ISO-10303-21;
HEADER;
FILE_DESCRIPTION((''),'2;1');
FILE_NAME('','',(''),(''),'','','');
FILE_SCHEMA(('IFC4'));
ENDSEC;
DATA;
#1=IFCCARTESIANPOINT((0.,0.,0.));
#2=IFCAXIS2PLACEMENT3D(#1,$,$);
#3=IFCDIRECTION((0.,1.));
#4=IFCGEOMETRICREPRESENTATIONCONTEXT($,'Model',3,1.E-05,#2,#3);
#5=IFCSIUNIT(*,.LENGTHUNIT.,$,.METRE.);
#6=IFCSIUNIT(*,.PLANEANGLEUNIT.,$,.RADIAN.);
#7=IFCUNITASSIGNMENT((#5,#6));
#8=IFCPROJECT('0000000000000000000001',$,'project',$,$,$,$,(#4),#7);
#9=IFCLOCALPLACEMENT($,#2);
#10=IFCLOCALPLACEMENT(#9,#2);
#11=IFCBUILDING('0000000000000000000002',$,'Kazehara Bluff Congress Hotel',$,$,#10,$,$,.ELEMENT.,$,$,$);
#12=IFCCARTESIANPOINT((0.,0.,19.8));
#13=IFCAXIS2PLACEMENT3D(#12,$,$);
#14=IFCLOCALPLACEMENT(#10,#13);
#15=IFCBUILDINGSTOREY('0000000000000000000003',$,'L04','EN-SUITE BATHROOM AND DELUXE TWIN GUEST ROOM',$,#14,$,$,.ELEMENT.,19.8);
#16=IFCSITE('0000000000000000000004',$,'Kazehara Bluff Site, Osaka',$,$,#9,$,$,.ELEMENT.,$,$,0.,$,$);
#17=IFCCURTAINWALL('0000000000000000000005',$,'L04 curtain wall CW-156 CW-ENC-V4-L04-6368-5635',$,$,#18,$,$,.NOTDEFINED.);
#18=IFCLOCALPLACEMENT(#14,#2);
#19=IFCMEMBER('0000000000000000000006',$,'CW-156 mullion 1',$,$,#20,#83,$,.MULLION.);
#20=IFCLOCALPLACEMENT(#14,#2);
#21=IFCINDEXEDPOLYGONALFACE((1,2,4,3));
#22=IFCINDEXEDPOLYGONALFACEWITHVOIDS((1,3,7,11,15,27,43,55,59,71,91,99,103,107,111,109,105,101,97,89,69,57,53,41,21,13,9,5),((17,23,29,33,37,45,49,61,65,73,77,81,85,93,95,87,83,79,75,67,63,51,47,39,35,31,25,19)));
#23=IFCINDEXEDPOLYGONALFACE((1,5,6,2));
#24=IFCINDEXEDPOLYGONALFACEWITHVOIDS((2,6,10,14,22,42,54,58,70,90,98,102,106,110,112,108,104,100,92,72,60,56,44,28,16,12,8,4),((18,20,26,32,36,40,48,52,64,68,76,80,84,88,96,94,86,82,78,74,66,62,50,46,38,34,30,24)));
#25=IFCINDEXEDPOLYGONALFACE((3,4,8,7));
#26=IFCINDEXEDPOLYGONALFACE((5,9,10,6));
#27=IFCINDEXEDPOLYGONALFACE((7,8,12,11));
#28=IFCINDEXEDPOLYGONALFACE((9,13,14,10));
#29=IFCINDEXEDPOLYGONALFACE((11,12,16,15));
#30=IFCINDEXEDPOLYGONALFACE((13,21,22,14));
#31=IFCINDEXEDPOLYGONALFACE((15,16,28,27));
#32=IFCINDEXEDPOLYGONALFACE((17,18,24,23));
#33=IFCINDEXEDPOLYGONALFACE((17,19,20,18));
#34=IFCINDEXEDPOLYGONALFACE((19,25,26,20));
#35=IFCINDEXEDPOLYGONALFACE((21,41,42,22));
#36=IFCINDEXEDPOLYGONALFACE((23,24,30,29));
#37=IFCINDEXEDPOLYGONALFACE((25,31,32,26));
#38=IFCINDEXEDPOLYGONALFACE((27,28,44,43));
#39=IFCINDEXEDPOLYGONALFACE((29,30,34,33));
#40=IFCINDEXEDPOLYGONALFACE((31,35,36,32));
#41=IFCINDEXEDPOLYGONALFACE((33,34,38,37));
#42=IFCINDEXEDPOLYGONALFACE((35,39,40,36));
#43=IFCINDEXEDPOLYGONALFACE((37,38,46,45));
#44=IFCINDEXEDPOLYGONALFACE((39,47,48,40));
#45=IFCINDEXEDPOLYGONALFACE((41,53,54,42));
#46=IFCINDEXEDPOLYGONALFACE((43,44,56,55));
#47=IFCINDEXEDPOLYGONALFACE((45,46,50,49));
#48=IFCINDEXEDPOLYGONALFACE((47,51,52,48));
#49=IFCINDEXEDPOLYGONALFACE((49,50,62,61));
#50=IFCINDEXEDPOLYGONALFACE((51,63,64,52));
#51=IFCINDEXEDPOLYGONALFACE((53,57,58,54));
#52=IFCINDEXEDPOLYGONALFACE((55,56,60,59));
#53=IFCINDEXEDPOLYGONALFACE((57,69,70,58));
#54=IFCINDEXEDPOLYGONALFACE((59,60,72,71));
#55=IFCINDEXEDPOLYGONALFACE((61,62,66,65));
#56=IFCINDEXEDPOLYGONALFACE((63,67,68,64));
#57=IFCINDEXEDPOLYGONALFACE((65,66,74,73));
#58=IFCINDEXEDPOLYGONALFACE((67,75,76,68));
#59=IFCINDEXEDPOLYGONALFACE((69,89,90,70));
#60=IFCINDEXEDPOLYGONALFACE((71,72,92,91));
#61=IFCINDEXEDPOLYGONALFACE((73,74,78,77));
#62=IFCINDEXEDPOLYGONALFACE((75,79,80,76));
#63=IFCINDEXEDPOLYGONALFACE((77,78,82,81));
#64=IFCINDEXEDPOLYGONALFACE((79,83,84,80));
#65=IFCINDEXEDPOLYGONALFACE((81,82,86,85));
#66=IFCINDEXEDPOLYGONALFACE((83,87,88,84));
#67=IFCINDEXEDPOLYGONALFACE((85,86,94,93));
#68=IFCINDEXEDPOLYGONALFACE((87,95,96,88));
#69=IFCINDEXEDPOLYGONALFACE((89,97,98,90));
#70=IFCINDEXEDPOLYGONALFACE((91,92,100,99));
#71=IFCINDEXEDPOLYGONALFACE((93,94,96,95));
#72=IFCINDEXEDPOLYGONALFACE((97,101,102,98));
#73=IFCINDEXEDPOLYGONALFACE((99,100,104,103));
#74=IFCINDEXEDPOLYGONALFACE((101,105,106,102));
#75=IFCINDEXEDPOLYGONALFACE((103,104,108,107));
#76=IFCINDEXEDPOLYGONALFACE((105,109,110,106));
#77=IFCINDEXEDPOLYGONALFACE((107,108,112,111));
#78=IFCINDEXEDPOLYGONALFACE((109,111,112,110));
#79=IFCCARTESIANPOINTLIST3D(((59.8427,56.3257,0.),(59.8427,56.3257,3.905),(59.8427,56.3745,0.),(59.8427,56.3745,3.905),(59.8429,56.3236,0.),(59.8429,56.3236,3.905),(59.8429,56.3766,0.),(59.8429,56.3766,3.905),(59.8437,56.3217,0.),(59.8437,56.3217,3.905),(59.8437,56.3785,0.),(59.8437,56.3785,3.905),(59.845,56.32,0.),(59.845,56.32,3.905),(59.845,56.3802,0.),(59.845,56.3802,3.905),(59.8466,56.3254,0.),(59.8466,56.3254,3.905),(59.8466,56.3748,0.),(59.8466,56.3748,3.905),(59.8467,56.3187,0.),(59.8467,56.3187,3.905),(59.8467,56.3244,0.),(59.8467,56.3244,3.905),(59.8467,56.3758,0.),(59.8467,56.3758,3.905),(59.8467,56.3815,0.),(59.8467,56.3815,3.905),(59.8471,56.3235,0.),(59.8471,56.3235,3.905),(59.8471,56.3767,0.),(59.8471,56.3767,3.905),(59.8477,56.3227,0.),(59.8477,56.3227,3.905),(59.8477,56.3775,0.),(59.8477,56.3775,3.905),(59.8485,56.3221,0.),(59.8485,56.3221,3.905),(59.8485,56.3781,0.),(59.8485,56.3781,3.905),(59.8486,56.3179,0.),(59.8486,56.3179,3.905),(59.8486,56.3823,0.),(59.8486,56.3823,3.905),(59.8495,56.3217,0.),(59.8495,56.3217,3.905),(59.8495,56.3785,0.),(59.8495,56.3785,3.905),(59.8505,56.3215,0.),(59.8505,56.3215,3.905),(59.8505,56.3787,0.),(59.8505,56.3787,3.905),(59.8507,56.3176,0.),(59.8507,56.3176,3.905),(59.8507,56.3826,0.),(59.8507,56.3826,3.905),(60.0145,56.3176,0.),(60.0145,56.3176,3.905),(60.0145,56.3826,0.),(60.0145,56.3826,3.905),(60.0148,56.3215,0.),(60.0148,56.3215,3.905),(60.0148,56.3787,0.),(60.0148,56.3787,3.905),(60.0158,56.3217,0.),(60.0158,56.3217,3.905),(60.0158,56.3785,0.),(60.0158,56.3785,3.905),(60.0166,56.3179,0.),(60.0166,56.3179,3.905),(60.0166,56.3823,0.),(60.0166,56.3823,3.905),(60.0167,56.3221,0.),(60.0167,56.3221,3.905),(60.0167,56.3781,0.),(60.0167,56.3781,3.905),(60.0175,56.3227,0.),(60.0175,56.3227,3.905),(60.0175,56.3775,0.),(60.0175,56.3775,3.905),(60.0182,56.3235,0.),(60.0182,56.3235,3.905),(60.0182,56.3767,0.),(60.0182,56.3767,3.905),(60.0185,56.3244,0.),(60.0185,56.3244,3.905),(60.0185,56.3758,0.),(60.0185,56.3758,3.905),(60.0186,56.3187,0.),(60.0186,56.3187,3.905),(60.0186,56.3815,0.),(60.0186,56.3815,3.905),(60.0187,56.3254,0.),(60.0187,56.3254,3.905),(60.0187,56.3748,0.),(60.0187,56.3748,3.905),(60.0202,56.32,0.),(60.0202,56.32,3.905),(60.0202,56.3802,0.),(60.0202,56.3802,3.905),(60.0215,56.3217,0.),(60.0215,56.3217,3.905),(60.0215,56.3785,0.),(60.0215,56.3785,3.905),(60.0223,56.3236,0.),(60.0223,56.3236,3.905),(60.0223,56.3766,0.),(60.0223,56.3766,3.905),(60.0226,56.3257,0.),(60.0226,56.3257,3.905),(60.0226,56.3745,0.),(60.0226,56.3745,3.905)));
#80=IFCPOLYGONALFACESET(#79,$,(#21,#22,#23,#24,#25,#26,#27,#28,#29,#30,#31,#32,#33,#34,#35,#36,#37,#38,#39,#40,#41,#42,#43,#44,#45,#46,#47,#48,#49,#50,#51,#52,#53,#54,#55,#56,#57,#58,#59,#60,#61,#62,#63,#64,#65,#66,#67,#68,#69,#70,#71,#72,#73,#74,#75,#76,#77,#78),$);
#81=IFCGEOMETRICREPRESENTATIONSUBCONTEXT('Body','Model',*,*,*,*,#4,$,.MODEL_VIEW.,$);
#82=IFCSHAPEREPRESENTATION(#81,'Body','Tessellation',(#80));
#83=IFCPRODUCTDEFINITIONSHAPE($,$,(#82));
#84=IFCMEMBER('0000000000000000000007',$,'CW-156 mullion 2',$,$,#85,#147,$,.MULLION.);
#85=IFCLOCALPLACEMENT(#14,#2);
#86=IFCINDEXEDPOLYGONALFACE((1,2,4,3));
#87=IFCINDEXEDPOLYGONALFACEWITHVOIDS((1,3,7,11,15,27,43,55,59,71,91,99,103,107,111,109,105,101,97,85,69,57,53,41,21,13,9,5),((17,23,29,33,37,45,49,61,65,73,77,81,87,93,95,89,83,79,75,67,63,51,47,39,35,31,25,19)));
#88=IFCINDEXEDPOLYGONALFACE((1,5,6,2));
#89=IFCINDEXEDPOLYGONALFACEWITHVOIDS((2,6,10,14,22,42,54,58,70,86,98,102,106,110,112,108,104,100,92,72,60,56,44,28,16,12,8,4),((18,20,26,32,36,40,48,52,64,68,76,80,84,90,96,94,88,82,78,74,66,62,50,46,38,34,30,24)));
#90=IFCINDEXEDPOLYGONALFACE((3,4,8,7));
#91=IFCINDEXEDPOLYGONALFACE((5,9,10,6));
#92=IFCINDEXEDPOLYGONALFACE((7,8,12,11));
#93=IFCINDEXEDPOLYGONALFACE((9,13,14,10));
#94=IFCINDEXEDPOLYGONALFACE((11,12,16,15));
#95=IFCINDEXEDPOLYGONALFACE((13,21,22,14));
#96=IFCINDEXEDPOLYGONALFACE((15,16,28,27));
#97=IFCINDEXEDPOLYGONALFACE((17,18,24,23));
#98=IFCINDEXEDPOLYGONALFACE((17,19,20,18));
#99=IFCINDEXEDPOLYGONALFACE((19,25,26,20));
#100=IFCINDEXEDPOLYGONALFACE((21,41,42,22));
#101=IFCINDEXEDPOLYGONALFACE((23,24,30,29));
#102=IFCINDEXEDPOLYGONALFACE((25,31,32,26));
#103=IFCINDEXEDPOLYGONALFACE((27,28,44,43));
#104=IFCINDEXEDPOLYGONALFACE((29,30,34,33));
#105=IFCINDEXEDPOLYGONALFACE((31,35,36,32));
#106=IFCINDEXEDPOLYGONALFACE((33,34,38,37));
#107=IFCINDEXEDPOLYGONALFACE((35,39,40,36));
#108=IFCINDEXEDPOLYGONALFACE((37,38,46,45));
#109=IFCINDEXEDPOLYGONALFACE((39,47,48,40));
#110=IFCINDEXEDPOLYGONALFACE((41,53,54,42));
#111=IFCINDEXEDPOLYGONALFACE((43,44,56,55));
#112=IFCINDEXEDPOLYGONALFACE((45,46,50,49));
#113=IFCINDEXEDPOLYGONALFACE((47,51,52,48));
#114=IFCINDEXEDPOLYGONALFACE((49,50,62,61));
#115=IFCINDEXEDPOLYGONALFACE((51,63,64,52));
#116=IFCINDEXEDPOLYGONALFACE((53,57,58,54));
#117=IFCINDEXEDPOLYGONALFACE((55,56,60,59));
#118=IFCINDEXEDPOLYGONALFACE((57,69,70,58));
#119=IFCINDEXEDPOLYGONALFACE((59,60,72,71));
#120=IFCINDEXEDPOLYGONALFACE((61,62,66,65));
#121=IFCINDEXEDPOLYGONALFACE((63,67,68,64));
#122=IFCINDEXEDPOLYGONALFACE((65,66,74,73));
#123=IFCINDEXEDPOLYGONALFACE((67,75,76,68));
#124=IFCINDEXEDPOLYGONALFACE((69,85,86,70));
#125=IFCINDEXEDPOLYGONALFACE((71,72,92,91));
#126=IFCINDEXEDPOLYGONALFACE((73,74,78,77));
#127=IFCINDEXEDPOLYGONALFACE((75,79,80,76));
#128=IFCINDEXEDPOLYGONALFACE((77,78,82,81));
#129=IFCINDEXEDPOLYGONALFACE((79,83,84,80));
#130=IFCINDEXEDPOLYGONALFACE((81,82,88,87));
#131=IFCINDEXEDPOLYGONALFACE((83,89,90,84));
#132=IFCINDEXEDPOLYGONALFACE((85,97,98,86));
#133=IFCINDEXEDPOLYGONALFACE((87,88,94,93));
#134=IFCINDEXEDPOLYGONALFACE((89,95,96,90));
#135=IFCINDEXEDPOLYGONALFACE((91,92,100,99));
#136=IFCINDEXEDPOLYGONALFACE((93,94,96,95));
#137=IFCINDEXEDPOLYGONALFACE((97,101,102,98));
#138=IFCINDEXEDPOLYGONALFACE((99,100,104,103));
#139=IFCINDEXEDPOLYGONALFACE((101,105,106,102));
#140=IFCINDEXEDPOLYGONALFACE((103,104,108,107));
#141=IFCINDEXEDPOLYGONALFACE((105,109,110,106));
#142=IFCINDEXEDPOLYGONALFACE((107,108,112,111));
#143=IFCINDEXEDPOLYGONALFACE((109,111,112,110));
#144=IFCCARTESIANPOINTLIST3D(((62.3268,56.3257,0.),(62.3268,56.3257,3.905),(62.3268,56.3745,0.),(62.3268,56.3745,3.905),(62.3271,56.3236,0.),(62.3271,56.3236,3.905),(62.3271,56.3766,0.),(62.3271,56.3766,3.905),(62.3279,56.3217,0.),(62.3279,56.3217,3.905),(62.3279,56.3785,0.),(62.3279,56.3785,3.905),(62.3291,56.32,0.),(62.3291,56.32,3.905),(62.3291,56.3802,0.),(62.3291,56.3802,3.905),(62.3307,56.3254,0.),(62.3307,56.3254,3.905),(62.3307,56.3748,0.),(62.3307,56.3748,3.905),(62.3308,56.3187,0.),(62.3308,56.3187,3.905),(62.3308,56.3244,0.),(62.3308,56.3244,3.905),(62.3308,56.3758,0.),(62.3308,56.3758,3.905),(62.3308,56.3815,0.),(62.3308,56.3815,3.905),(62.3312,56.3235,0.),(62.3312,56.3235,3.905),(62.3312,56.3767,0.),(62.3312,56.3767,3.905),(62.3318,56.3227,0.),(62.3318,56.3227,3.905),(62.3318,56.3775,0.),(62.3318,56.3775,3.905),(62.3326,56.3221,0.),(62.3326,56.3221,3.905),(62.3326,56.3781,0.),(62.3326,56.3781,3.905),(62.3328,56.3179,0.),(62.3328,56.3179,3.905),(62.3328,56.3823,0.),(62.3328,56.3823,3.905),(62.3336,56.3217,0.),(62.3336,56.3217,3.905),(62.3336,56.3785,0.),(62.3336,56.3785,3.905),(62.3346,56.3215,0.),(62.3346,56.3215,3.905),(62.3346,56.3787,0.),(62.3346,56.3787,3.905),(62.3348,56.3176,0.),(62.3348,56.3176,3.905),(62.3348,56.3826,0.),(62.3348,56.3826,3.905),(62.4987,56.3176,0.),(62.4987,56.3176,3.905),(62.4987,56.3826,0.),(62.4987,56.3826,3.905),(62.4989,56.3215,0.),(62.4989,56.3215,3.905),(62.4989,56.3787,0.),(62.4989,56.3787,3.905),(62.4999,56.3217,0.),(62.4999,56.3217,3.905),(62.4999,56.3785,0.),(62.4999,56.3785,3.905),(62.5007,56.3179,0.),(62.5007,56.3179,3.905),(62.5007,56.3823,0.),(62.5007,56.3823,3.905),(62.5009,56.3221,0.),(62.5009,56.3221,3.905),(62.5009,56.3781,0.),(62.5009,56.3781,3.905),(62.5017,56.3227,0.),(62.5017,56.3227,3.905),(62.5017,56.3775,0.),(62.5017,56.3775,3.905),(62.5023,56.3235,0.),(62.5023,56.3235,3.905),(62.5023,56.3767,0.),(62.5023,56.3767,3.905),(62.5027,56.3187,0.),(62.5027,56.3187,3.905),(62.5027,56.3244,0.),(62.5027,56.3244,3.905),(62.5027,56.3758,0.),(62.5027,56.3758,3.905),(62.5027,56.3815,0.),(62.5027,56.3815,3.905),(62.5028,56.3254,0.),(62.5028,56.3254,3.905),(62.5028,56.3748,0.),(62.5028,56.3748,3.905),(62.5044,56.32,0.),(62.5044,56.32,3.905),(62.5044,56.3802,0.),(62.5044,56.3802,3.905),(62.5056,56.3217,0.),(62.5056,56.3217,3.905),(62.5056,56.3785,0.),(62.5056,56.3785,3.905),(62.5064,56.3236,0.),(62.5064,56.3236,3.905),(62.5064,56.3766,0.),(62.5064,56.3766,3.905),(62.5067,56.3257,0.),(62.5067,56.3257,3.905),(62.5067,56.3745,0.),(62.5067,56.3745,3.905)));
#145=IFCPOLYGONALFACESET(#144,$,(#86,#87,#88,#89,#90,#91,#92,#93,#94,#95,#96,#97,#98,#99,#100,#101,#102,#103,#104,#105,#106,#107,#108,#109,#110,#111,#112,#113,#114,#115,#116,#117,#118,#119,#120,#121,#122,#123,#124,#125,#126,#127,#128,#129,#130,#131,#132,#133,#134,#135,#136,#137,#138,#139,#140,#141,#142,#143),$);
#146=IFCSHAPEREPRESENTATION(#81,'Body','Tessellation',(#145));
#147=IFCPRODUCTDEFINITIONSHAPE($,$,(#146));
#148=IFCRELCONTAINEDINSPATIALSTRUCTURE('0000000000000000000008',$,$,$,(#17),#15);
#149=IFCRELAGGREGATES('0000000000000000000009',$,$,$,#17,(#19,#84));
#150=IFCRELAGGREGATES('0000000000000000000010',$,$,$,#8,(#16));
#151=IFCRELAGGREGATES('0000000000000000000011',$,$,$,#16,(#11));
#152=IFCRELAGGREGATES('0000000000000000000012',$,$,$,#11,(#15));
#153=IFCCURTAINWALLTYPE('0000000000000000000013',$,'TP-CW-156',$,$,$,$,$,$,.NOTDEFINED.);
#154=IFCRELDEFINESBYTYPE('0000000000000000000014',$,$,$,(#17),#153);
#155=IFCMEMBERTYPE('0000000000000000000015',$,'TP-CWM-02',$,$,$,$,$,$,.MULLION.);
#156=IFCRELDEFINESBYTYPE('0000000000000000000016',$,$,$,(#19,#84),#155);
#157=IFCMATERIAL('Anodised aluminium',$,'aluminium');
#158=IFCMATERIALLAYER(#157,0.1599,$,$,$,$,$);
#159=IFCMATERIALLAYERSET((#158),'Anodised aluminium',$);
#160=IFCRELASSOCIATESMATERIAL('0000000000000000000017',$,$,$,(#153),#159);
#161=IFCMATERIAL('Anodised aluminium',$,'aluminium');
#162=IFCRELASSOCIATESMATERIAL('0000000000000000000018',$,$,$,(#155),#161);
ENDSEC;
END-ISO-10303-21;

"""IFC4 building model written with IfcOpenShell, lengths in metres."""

from ifc_helpers import new_model, si_unit, direction, frame, origin, origin_2d, place, context, subcontext, project, spatial, hollow_rectangle, extrude, material, layer, layer_set, material_profile, profile_set, type_object, element, aggregate, save


model = new_model("IFC4")

# Units and contexts
model_context = context("Model", 3, precision=1e-05, world=origin(), true_north=direction((0.0, 1.0)))
body_context = subcontext(model_context, "Body", "Model", "MODEL_VIEW")
ifc_project = project(units=[si_unit("LENGTHUNIT", "METRE"), si_unit("PLANEANGLEUNIT", "RADIAN")], contexts=[model_context])

# Site, building, storey
site_placement = place(None, origin())
site = spatial("IfcSite", under=ifc_project, at=site_placement, Name="Kazehara Bluff Site, Osaka", CompositionType="ELEMENT", RefElevation=0.0)
building_placement = place(site_placement, origin())
building = spatial("IfcBuilding", under=site, at=building_placement, Name="Kazehara Bluff Congress Hotel", CompositionType="ELEMENT")
storey_placement = place(building_placement, frame((0.0, 0.0, 19.8)))
storey = spatial("IfcBuildingStorey", under=building, at=storey_placement, Name="L04", Description="EN-SUITE BATHROOM AND DELUXE TWIN GUEST ROOM", CompositionType="ELEMENT", Elevation=19.8)

# Curtain wall, members
ifc_material_1 = material(Name="Anodised aluminium", Category="aluminium")
ifc_layer_1 = layer(ifc_material_1, 0.1599)
ifc_layer_set_1 = layer_set([ifc_layer_1], Name="Anodised aluminium")
curtain_wall_type = type_object("IfcCurtainWallType", Name="TP-CW-156", PredefinedType="NOTDEFINED", material=ifc_layer_set_1)
curtain_wall_placement = place(storey_placement, origin())
curtain_wall = element("IfcCurtainWall", 1, at=curtain_wall_placement, inside=storey, type_object=curtain_wall_type, Name="L04 curtain wall CW-156 CW-ENC-V4-L04-6368-5635", PredefinedType="NOTDEFINED")
ifc_material_2 = material(Name="Anodised aluminium", Category="aluminium")
ifc_material_profile_1 = material_profile(ifc_material_2, hollow_rectangle(XDim=0.0649, YDim=0.1799, WallThickness=0.0039, InnerFilletRadius=0.0039, OuterFilletRadius=0.0081, at=origin_2d()))
ifc_profile_set_1 = profile_set([ifc_material_profile_1], Name="Anodised aluminium")
member_type_1 = type_object("IfcMemberType", Name="TP-CWM-02", PredefinedType="MULLION", material=ifc_profile_set_1)
member_1_placement = place(storey_placement, frame((59.9326, 56.3501, 0.0), z_axis=(0.0, 0.0, 1.0), x_axis=(0.0, 1.0, 0.0)))
member_1 = element("IfcMember", 2, at=member_1_placement, type_object=member_type_1, Name="CW-156 mullion 1", PredefinedType="MULLION", context=body_context, shape_type="SweptSolid", body=[
    extrude(hollow_rectangle(XDim=0.0649, YDim=0.1799, WallThickness=0.0039, InnerFilletRadius=0.0039, OuterFilletRadius=0.0081, at=origin_2d()), origin(), (0.0, 0.0, 1.0), 3.905),
])
member_2_placement = place(storey_placement, frame((62.4167, 56.3501, 0.0), z_axis=(0.0, 0.0, 1.0), x_axis=(0.0, 1.0, 0.0)))
member_2 = element("IfcMember", 3, at=member_2_placement, type_object=member_type_1, Name="CW-156 mullion 2", PredefinedType="MULLION", context=body_context, shape_type="SweptSolid", body=[
    extrude(hollow_rectangle(XDim=0.0649, YDim=0.1799, WallThickness=0.0039, InnerFilletRadius=0.0039, OuterFilletRadius=0.0081, at=origin_2d()), origin(), (0.0, 0.0, 1.0), 3.905),
])

aggregate(curtain_wall, [member_1, member_2])

save(model, "model.ifc")
